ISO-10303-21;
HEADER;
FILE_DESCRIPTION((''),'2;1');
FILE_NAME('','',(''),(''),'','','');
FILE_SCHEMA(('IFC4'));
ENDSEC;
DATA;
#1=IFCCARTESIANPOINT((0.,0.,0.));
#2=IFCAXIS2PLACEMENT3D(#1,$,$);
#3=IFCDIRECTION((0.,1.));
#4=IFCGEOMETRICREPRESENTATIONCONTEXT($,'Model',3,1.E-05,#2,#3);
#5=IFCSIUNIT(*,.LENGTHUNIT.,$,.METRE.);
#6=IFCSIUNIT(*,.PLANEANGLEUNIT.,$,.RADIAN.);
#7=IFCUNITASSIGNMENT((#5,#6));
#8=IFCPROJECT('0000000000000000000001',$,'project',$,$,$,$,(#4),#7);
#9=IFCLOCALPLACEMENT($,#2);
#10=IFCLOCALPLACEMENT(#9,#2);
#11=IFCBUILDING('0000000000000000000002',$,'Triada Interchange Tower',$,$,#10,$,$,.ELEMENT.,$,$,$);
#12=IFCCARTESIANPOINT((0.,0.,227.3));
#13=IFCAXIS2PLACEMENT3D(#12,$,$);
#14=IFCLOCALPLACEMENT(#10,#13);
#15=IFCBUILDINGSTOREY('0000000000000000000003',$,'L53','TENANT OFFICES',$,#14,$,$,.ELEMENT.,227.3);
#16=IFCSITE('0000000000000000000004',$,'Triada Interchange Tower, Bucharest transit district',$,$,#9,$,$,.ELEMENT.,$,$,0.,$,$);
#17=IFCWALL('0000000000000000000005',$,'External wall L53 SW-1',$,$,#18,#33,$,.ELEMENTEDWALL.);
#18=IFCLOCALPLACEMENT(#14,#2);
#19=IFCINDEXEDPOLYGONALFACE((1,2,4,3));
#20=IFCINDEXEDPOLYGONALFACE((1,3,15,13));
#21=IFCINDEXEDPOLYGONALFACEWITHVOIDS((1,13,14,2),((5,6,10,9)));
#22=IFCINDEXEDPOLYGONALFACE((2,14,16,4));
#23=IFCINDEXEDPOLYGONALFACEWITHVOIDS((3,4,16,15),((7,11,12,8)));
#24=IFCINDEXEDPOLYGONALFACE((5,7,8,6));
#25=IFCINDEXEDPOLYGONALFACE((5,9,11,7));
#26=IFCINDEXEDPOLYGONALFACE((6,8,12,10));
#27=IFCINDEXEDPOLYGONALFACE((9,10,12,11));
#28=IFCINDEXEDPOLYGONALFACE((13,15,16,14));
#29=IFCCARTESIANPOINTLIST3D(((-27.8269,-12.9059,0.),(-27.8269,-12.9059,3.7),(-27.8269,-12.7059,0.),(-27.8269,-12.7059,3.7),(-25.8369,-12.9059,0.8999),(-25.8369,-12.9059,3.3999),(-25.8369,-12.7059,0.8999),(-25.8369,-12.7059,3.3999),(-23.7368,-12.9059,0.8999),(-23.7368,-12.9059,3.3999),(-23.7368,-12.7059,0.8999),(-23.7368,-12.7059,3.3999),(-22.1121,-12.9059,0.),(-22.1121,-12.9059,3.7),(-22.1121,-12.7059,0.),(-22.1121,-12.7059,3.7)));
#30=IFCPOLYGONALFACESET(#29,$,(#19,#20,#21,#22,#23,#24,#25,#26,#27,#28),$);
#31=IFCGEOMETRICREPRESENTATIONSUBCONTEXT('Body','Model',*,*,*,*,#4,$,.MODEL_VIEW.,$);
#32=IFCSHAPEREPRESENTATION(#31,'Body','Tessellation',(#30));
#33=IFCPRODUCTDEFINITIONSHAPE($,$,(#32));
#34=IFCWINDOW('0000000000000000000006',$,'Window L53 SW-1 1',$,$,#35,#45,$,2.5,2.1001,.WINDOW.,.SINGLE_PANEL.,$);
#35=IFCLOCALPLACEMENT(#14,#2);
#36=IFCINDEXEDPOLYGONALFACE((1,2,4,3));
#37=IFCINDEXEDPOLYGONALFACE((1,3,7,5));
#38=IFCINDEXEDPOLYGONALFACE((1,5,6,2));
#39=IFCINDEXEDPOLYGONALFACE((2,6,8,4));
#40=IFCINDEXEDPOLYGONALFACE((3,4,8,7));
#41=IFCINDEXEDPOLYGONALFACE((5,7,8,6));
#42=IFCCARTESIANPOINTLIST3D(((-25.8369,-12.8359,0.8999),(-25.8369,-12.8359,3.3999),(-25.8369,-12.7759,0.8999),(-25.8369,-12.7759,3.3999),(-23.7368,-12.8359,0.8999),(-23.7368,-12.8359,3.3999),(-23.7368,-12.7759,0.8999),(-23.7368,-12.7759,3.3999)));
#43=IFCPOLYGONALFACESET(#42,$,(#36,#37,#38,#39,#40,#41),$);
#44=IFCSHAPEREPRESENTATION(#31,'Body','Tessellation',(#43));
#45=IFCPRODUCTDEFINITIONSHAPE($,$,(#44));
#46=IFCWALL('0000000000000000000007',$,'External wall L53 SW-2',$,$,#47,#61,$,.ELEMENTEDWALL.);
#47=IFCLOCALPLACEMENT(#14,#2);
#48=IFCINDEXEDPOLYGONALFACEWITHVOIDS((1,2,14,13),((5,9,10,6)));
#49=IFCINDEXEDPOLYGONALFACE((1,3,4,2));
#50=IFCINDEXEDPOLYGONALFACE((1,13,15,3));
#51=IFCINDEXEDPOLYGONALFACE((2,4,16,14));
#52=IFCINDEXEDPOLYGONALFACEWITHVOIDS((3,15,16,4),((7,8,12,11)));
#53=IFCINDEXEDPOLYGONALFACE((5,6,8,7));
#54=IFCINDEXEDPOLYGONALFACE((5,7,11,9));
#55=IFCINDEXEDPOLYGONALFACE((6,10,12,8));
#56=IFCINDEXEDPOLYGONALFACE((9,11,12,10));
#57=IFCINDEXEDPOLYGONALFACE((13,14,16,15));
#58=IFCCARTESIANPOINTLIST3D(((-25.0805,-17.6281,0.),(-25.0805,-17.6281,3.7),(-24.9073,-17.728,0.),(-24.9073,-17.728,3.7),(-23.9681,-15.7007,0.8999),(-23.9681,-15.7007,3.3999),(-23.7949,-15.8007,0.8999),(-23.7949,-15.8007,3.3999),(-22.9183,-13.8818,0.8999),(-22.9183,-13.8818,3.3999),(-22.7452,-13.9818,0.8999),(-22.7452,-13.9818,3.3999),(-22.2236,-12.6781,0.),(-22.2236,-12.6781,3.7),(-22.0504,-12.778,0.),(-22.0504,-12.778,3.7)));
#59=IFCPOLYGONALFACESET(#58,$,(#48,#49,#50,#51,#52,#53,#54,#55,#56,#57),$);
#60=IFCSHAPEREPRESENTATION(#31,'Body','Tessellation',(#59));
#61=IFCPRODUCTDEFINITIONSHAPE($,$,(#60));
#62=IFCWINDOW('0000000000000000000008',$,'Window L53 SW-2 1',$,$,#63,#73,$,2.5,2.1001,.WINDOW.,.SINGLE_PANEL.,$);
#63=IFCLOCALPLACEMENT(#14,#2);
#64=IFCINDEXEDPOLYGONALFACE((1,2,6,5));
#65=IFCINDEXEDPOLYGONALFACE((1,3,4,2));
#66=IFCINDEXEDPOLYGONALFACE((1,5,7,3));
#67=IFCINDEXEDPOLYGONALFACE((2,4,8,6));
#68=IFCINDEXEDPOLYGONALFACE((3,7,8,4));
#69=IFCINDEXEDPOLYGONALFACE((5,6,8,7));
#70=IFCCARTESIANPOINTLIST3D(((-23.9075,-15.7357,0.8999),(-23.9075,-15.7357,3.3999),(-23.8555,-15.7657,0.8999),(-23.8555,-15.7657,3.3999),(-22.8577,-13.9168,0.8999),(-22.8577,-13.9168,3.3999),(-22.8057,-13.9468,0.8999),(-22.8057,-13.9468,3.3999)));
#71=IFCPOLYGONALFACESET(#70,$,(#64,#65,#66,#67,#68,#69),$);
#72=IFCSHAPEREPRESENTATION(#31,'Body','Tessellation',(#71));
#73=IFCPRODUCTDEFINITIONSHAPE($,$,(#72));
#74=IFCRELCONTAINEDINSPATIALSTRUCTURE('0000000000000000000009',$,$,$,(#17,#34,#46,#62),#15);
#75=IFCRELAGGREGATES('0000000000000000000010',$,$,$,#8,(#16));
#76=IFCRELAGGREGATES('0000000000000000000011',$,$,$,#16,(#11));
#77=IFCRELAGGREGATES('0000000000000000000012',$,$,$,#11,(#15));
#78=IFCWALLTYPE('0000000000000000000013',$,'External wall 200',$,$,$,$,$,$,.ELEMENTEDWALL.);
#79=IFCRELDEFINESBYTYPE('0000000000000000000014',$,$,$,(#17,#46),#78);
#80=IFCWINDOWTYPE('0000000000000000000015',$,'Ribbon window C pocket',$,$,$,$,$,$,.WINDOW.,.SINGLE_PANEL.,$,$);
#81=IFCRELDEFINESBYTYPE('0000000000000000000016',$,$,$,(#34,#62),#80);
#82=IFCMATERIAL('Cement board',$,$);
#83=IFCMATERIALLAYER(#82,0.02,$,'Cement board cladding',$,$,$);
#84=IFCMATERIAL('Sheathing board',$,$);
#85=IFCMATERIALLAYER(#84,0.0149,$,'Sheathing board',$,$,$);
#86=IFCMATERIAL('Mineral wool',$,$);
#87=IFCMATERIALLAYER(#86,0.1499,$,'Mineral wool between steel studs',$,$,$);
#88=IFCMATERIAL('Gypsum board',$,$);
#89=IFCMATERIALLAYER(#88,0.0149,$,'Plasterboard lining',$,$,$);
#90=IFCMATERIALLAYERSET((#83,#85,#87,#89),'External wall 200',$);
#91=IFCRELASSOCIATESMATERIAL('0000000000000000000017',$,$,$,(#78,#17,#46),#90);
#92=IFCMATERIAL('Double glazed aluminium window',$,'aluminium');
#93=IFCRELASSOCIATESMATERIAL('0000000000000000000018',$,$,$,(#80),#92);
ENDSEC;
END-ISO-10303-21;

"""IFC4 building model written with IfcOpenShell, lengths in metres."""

from ifc_helpers import new_model, si_unit, direction, frame, frame_2d, origin, place, context, subcontext, project, spatial, rectangle, extrude, material, layer, layer_set, layer_usage, type_object, element, fill, save


model = new_model("IFC4")

# Units and contexts
model_context = context("Model", 3, precision=1e-05, world=origin(), true_north=direction((0.0, 1.0)))
body_context = subcontext(model_context, "Body", "Model", "MODEL_VIEW")
ifc_project = project(units=[si_unit("LENGTHUNIT", "METRE"), si_unit("PLANEANGLEUNIT", "RADIAN")], contexts=[model_context])

# Site, building, storey
site_placement = place(None, origin())
site = spatial("IfcSite", under=ifc_project, at=site_placement, Name="Triada Interchange Tower, Bucharest transit district", CompositionType="ELEMENT", RefElevation=0.0)
building_placement = place(site_placement, origin())
building = spatial("IfcBuilding", under=site, at=building_placement, Name="Triada Interchange Tower", CompositionType="ELEMENT")
storey_placement = place(building_placement, frame((0.0, 0.0, 227.3)))
storey = spatial("IfcBuildingStorey", under=building, at=storey_placement, Name="L53", Description="TENANT OFFICES", CompositionType="ELEMENT", Elevation=227.3)

# Walls, openings, windows
ifc_material_1 = material(Name="Cement board")
ifc_layer_1 = layer(ifc_material_1, 0.02, Name="Cement board cladding")
ifc_material_2 = material(Name="Sheathing board")
ifc_layer_2 = layer(ifc_material_2, 0.0149, Name="Sheathing board")
ifc_material_3 = material(Name="Mineral wool")
ifc_layer_3 = layer(ifc_material_3, 0.1499, Name="Mineral wool between steel studs")
ifc_material_4 = material(Name="Gypsum board")
ifc_layer_4 = layer(ifc_material_4, 0.0149, Name="Plasterboard lining")
ifc_layer_set_1 = layer_set([ifc_layer_1, ifc_layer_2, ifc_layer_3, ifc_layer_4], Name="External wall 200")
ifc_layer_usage = layer_usage(ifc_layer_set_1, "AXIS2", "POSITIVE", -0.1001)
wall_type_1 = type_object("IfcWallType", Name="External wall 200", PredefinedType="ELEMENTEDWALL", material=ifc_layer_set_1)
wall_1_placement = place(storey_placement, frame((-27.8269, -12.8059, 0.0), z_axis=(0.0, 0.0, 1.0), x_axis=(1.0, 0.0, 0.0)))
wall_1 = element("IfcWall", 1, at=wall_1_placement, inside=storey, type_object=wall_type_1, material=ifc_layer_usage, Name="External wall L53 SW-1", PredefinedType="ELEMENTEDWALL", context=body_context, shape_type="SweptSolid", body=[
    extrude(rectangle(XDim=5.7148, YDim=0.2, at=frame_2d((2.8574, 0.0))), origin(), (0.0, 0.0, 1.0), 3.7),
])
opening_1_placement = place(wall_1_placement, frame((1.99, 0.0, 0.8999)))
opening_1 = element("IfcOpeningElement", 2, at=opening_1_placement, cuts=wall_1, PredefinedType="OPENING", context=body_context, shape_type="SweptSolid", body=[
    extrude(rectangle(XDim=2.1001, YDim=2.5, at=frame_2d((1.05, 1.25))), frame((0.0, 0.1099, 0.0), z_axis=(0.0, -1.0, 0.0), x_axis=(1.0, 0.0, 0.0)), (0.0, 0.0, 1.0), 0.22),
])
ifc_material_5 = material(Name="Double glazed aluminium window", Category="aluminium")
window_type_1 = type_object("IfcWindowType", Name="Ribbon window C pocket", PartitioningType="SINGLE_PANEL", PredefinedType="WINDOW", material=ifc_material_5)
window_1_placement = place(opening_1_placement, origin())
window_1 = element("IfcWindow", 3, at=window_1_placement, inside=storey, type_object=window_type_1, Name="Window L53 SW-1 1", OverallHeight=2.5, OverallWidth=2.1001, PartitioningType="SINGLE_PANEL", PredefinedType="WINDOW", context=body_context, shape_type="SweptSolid", body=[
    extrude(rectangle(XDim=2.1001, YDim=2.5, at=frame_2d((1.05, 1.25))), frame((0.0, 0.03, 0.0), z_axis=(0.0, -1.0, 0.0), x_axis=(1.0, 0.0, 0.0)), (0.0, 0.0, 1.0), 0.0601),
])
fill(opening_1, window_1)
wall_2_placement = place(storey_placement, frame((-22.137, -12.728, 0.0), z_axis=(0.0, 0.0, 1.0), x_axis=(-0.499879, -0.866095, 0.0)))
wall_2 = element("IfcWall", 4, at=wall_2_placement, inside=storey, type_object=wall_type_1, material=ifc_layer_usage, Name="External wall L53 SW-2", PredefinedType="ELEMENTEDWALL", context=body_context, shape_type="SweptSolid", body=[
    extrude(rectangle(XDim=5.7153, YDim=0.2, at=frame_2d((2.8577, 0.0))), origin(), (0.0, 0.0, 1.0), 3.7),
])
opening_2_placement = place(wall_2_placement, frame((1.3899, 0.0, 0.8999)))
opening_2 = element("IfcOpeningElement", 5, at=opening_2_placement, cuts=wall_2, PredefinedType="OPENING", context=body_context, shape_type="SweptSolid", body=[
    extrude(rectangle(XDim=2.1001, YDim=2.5, at=frame_2d((1.05, 1.25))), frame((0.0, 0.1099, 0.0), z_axis=(0.0, -1.0, 0.0), x_axis=(1.0, 0.0, 0.0)), (0.0, 0.0, 1.0), 0.22),
])
window_2_placement = place(opening_2_placement, origin())
window_2 = element("IfcWindow", 6, at=window_2_placement, inside=storey, type_object=window_type_1, Name="Window L53 SW-2 1", OverallHeight=2.5, OverallWidth=2.1001, PartitioningType="SINGLE_PANEL", PredefinedType="WINDOW", context=body_context, shape_type="SweptSolid", body=[
    extrude(rectangle(XDim=2.1001, YDim=2.5, at=frame_2d((1.05, 1.25))), frame((0.0, 0.03, 0.0), z_axis=(0.0, -1.0, 0.0), x_axis=(1.0, 0.0, 0.0)), (0.0, 0.0, 1.0), 0.0601),
])
fill(opening_2, window_2)

save(model, "model.ifc")
